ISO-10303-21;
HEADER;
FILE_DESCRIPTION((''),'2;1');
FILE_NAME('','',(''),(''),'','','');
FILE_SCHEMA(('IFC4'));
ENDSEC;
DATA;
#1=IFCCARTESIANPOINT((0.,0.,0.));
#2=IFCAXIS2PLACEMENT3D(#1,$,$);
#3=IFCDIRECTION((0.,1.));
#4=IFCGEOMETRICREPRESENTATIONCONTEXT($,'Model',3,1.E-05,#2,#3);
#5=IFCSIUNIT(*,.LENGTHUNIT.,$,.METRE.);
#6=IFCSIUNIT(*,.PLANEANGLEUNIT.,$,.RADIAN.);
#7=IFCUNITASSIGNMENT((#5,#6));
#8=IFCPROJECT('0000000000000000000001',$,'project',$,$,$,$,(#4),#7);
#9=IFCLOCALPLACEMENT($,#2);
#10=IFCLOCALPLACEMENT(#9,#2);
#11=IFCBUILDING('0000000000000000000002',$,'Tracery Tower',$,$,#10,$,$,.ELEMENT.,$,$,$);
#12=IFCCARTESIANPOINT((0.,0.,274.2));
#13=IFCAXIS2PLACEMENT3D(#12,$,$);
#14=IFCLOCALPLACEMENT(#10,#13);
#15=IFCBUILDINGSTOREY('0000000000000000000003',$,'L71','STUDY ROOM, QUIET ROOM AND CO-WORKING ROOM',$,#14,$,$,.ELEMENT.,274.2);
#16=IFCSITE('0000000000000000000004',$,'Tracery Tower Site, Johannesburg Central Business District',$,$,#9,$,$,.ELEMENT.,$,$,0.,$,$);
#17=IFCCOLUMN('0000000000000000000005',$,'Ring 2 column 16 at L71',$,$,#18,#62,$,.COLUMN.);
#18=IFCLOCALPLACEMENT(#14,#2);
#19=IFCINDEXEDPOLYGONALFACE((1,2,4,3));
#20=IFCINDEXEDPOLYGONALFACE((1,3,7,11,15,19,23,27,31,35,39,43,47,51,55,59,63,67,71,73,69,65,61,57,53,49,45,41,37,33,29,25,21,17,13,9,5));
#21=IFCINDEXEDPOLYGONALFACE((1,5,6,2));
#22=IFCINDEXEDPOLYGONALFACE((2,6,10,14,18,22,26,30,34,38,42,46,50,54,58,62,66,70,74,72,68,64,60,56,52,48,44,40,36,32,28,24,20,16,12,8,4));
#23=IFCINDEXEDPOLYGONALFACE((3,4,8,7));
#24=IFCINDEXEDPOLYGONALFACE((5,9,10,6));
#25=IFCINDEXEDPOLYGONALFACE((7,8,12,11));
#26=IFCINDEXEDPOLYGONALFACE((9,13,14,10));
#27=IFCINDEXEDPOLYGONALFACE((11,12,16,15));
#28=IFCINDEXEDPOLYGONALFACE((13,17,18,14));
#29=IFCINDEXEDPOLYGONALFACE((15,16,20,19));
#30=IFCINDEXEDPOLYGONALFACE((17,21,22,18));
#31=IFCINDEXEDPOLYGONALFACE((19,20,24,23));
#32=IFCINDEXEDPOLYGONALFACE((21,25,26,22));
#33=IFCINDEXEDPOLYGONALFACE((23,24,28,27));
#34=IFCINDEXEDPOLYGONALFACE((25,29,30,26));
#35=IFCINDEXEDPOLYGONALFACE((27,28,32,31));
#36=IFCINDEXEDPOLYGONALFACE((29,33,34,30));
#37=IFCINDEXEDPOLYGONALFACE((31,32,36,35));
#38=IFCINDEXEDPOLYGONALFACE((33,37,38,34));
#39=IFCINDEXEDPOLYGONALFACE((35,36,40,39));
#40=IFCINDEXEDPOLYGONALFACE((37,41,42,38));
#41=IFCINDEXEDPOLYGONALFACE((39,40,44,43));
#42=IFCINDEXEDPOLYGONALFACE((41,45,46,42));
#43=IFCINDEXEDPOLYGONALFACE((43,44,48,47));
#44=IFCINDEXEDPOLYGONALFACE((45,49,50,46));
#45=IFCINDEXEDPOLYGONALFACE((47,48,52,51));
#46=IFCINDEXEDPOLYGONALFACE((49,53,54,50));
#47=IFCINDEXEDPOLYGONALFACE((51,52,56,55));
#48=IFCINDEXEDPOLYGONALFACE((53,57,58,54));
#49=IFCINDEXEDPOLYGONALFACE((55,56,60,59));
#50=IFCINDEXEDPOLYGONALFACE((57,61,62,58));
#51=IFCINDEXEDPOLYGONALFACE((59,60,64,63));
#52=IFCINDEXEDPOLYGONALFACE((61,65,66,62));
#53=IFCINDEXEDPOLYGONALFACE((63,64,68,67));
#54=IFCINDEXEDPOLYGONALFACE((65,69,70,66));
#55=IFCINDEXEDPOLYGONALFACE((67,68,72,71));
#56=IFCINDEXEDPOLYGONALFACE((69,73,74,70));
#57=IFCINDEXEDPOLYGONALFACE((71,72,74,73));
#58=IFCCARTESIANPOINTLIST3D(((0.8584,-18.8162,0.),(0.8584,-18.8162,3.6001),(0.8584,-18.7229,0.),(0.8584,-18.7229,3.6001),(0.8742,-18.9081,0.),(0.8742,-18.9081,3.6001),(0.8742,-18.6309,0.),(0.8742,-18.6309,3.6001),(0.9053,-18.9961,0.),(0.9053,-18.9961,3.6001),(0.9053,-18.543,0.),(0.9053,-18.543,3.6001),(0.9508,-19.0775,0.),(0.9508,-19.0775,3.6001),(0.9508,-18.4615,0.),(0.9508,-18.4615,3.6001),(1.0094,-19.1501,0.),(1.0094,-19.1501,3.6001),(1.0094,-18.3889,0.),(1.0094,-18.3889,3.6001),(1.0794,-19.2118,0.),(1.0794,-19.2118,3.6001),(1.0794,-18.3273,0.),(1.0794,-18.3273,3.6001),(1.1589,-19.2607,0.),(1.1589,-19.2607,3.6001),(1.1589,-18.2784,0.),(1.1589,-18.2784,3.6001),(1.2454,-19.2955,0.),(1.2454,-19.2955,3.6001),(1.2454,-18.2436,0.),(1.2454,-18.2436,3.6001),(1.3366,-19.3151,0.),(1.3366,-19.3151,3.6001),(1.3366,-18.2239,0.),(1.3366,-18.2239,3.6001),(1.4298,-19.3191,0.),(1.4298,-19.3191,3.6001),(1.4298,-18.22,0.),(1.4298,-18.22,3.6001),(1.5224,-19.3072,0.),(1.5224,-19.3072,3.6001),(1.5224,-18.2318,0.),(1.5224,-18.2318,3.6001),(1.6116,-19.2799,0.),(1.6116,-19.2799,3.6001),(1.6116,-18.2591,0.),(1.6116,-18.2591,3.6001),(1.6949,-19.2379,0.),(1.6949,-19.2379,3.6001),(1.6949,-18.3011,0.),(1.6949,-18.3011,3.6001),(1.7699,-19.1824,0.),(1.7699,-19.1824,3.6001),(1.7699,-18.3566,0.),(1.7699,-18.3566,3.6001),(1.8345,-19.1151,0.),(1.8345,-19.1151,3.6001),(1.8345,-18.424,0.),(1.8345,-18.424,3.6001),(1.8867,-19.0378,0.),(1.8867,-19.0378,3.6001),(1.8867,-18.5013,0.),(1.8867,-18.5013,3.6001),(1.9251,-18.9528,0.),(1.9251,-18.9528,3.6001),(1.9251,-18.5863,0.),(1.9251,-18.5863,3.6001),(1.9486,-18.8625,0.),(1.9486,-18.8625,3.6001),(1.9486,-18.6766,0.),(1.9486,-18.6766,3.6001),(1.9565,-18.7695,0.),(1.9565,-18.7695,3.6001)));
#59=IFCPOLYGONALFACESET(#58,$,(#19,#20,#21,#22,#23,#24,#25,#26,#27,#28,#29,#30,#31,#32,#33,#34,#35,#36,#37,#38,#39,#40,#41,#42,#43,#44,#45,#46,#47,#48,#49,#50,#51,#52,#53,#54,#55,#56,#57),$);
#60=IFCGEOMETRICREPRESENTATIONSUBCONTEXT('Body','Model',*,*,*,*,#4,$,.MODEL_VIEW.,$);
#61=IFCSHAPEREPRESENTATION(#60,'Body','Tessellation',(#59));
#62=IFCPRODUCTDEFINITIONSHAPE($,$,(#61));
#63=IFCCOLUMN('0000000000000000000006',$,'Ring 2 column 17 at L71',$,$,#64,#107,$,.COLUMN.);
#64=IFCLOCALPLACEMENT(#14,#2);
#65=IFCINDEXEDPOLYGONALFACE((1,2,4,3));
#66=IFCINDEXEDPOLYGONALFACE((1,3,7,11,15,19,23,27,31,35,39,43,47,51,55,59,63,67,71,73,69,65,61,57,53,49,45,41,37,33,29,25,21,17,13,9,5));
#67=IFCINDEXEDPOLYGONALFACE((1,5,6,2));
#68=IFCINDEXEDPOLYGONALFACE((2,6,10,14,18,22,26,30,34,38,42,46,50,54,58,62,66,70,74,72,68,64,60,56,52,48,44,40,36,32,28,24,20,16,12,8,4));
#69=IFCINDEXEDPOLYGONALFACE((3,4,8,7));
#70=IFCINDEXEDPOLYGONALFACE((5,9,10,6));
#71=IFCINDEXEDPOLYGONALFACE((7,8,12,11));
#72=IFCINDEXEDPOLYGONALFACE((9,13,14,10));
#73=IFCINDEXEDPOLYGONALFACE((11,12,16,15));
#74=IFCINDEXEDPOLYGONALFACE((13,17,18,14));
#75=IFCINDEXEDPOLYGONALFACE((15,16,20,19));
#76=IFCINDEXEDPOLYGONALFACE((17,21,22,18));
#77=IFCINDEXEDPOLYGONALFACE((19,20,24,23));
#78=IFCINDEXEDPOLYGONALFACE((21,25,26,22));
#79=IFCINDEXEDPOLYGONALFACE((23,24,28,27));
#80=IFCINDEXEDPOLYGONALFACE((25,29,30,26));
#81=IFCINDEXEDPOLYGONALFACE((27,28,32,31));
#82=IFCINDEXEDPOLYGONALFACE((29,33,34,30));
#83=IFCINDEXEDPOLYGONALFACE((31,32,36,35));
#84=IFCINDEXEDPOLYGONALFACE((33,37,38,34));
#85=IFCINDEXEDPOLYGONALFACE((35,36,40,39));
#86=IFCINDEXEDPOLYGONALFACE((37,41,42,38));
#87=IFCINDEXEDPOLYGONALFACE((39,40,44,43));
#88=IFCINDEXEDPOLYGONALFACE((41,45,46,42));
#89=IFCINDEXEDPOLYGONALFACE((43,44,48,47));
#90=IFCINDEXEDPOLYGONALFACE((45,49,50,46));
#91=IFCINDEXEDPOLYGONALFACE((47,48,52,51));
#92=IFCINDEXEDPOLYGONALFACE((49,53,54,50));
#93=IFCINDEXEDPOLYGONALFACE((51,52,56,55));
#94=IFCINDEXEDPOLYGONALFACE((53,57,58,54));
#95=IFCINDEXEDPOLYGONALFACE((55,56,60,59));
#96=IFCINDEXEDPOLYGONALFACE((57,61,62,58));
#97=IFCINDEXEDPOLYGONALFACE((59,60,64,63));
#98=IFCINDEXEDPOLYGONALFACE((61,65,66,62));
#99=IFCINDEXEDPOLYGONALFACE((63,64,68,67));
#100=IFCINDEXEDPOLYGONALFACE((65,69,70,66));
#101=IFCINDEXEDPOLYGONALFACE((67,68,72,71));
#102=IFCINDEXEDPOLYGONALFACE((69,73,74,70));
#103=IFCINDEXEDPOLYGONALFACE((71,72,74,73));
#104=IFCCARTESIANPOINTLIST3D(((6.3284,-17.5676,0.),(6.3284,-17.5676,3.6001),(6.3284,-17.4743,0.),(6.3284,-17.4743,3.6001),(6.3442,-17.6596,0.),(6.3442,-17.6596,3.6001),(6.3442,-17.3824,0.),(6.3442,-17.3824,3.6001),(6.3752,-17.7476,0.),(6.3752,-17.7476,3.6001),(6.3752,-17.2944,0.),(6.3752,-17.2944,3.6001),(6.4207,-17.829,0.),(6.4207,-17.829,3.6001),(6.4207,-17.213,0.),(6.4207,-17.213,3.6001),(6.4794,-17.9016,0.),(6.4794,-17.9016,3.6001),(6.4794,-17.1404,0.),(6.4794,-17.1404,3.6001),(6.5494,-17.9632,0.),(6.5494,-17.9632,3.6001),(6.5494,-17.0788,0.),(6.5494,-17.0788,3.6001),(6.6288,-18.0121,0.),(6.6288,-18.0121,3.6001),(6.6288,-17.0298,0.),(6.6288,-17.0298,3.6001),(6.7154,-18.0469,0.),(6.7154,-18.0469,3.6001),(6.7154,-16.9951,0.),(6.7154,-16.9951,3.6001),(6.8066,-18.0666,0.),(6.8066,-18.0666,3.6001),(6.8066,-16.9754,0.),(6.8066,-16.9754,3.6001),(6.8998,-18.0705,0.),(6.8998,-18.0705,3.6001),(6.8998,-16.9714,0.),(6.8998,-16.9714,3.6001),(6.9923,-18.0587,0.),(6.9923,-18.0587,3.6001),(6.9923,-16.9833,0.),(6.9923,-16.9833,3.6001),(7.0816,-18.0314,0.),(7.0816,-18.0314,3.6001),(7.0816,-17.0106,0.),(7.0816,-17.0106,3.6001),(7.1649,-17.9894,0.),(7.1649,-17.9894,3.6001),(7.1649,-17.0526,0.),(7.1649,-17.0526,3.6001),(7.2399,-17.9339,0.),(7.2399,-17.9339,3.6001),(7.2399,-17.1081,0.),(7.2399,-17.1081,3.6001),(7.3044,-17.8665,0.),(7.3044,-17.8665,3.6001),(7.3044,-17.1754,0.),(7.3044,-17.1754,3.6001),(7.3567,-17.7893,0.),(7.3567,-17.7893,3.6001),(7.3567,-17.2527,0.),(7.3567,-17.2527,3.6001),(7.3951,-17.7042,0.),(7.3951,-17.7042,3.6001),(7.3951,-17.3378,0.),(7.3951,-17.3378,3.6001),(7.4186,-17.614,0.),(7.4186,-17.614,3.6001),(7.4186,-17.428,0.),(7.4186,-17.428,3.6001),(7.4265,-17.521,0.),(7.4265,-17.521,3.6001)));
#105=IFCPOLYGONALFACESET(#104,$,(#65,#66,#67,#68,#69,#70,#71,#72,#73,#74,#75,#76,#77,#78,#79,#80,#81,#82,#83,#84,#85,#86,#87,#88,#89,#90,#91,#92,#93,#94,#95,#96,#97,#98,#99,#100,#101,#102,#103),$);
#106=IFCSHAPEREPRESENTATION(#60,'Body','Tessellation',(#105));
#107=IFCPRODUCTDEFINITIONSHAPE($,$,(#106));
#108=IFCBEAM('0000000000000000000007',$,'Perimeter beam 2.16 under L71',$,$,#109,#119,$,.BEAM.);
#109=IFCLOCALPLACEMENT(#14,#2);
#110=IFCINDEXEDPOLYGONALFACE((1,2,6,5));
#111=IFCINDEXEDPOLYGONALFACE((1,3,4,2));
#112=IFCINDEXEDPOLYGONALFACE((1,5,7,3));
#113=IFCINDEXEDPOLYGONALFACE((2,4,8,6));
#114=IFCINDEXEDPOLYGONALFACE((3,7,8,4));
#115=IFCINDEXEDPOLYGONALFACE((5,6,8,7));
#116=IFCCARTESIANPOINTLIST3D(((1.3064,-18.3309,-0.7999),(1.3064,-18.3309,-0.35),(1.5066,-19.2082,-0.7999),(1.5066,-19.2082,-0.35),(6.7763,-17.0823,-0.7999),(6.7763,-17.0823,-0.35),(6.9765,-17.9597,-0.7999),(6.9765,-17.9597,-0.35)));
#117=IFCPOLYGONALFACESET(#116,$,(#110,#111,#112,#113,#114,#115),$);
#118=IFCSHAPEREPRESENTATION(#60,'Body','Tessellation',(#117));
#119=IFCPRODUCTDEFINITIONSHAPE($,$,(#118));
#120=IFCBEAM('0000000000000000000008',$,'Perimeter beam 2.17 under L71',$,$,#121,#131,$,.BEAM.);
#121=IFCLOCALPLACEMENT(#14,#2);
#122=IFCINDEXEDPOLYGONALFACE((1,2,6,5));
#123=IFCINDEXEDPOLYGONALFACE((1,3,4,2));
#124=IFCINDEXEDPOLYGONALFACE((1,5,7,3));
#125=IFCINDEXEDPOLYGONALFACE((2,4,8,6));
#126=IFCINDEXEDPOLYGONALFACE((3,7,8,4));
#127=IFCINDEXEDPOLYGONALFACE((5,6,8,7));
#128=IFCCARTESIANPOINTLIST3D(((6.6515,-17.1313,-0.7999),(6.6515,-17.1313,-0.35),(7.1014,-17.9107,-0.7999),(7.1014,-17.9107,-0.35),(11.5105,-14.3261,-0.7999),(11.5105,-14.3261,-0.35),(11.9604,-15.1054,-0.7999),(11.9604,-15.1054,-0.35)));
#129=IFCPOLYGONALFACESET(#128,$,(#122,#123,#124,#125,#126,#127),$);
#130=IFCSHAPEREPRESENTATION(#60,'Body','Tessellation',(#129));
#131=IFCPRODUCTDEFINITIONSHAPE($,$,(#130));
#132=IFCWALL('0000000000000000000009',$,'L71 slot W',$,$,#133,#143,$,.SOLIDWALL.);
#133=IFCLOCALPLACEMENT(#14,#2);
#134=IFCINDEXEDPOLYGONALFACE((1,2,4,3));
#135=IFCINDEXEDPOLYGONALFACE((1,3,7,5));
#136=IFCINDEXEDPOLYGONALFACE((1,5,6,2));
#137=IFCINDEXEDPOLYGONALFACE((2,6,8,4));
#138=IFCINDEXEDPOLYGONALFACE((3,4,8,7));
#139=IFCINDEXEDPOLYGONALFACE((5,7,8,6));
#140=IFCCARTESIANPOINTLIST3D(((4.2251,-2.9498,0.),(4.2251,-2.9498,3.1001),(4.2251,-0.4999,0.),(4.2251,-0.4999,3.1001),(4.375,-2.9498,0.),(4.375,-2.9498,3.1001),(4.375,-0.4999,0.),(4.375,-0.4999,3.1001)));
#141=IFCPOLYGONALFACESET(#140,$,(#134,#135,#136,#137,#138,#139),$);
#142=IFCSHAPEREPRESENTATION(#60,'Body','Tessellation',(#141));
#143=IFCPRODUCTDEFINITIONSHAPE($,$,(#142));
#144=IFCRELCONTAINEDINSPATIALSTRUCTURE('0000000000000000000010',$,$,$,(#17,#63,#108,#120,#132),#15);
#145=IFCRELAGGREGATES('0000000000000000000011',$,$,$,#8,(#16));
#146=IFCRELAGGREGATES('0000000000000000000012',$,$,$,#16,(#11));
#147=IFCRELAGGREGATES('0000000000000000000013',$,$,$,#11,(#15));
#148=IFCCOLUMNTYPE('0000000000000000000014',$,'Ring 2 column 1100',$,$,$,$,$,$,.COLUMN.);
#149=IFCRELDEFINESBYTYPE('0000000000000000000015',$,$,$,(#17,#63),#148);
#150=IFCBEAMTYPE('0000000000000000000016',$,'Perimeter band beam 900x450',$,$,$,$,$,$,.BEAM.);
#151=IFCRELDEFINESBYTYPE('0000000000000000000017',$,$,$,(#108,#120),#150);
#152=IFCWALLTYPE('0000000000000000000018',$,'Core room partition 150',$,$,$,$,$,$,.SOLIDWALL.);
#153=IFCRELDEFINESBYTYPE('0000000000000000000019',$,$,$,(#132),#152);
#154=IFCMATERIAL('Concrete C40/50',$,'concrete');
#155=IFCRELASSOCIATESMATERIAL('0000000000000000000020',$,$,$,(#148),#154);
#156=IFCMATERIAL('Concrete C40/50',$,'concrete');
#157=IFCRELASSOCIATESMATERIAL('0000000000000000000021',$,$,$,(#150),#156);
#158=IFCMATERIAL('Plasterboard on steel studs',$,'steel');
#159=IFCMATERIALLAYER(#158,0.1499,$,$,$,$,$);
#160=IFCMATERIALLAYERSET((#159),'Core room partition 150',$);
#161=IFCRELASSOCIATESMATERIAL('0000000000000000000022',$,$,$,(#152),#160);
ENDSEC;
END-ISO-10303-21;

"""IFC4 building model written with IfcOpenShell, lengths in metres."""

from ifc_helpers import new_model, si_unit, direction, frame, frame_2d, origin, origin_2d, place, context, subcontext, project, spatial, rectangle, circle, extrude, material, layer, layer_set, material_profile, profile_set, type_object, element, save


model = new_model("IFC4")

# Units and contexts
model_context = context("Model", 3, precision=1e-05, world=origin(), true_north=direction((0.0, 1.0)))
body_context = subcontext(model_context, "Body", "Model", "MODEL_VIEW")
ifc_project = project(units=[si_unit("LENGTHUNIT", "METRE"), si_unit("PLANEANGLEUNIT", "RADIAN")], contexts=[model_context])

# Site, building, storey
site_placement = place(None, origin())
site = spatial("IfcSite", under=ifc_project, at=site_placement, Name="Tracery Tower Site, Johannesburg Central Business District", CompositionType="ELEMENT", RefElevation=0.0)
building_placement = place(site_placement, origin())
building = spatial("IfcBuilding", under=site, at=building_placement, Name="Tracery Tower", CompositionType="ELEMENT")
storey_placement = place(building_placement, frame((0.0, 0.0, 274.2)))
storey = spatial("IfcBuildingStorey", under=building, at=storey_placement, Name="L71", Description="STUDY ROOM, QUIET ROOM AND CO-WORKING ROOM", CompositionType="ELEMENT", Elevation=274.2)

# Columns
ifc_material_1 = material(Name="Concrete C40/50", Category="concrete")
ifc_material_profile_1 = material_profile(ifc_material_1, circle(Radius=0.55, at=origin_2d()), Name="RC D1100")
ifc_profile_set_1 = profile_set([ifc_material_profile_1], Name="Concrete C40/50")
column_type = type_object("IfcColumnType", Name="Ring 2 column 1100", PredefinedType="COLUMN", material=ifc_profile_set_1)
for number, where, z_axis, x_axis, name in (
    (1, (1.4065, -18.7695, 0.0), (0.0, 0.0, 1.0), (1.0, 0.0, 0.0), "Ring 2 column 16 at L71"),
    (2, (6.8765, -17.521, 0.0), (0.0, 0.0, 1.0), (1.0, 0.0, 0.0), "Ring 2 column 17 at L71"),
):
    element("IfcColumn", number, at=place(storey_placement, frame(where, z_axis=z_axis, x_axis=x_axis)), inside=storey, type_object=column_type, Name=name, PredefinedType="COLUMN", context=body_context, shape_type="SweptSolid", body=[
        extrude(circle(Radius=0.55, at=origin_2d()), origin(), (0.0, 0.0, 1.0), 3.6001),
    ])

# Beams
ifc_material_2 = material(Name="Concrete C40/50", Category="concrete")
ifc_material_profile_2 = material_profile(ifc_material_2, rectangle(XDim=0.8999, YDim=0.45, at=origin_2d()), Name="RC 900x450")
ifc_profile_set_2 = profile_set([ifc_material_profile_2], Name="Concrete C40/50")
beam_type = type_object("IfcBeamType", Name="Perimeter band beam 900x450", PredefinedType="BEAM", material=ifc_profile_set_2)
for number, where, z_axis, x_axis, name in (
    (3, (1.4065, -18.7695, -0.575), (0.974926, 0.222529, 0.0), (-0.222529, 0.974926, 0.0), "Perimeter beam 2.16 under L71"),
    (4, (6.8765, -17.521, -0.575), (0.866033, 0.499986, 0.0), (-0.499986, 0.866033, 0.0), "Perimeter beam 2.17 under L71"),
):
    element("IfcBeam", number, at=place(storey_placement, frame(where, z_axis=z_axis, x_axis=x_axis)), inside=storey, type_object=beam_type, Name=name, PredefinedType="BEAM", context=body_context, shape_type="SweptSolid", body=[
        extrude(rectangle(XDim=0.8999, YDim=0.45, at=origin_2d()), origin(), (0.0, 0.0, 1.0), 5.6106),
    ])

# Wall
ifc_material_3 = material(Name="Plasterboard on steel studs", Category="steel")
ifc_layer_1 = layer(ifc_material_3, 0.1499)
ifc_layer_set_1 = layer_set([ifc_layer_1], Name="Core room partition 150")
wall_type_1 = type_object("IfcWallType", Name="Core room partition 150", PredefinedType="SOLIDWALL", material=ifc_layer_set_1)
wall_1_placement = place(storey_placement, frame((4.3, -2.95, 0.0), z_axis=(0.0, 0.0, 1.0), x_axis=(0.0, 1.0, 0.0)))
element("IfcWall", 5, at=wall_1_placement, inside=storey, type_object=wall_type_1, Name="L71 slot W", PredefinedType="SOLIDWALL", context=body_context, shape_type="SweptSolid", body=[
    extrude(rectangle(XDim=2.45, YDim=0.1499, at=frame_2d((1.2251, 0.0))), origin(), (0.0, 0.0, 1.0), 3.1001),
])

save(model, "model.ifc")
